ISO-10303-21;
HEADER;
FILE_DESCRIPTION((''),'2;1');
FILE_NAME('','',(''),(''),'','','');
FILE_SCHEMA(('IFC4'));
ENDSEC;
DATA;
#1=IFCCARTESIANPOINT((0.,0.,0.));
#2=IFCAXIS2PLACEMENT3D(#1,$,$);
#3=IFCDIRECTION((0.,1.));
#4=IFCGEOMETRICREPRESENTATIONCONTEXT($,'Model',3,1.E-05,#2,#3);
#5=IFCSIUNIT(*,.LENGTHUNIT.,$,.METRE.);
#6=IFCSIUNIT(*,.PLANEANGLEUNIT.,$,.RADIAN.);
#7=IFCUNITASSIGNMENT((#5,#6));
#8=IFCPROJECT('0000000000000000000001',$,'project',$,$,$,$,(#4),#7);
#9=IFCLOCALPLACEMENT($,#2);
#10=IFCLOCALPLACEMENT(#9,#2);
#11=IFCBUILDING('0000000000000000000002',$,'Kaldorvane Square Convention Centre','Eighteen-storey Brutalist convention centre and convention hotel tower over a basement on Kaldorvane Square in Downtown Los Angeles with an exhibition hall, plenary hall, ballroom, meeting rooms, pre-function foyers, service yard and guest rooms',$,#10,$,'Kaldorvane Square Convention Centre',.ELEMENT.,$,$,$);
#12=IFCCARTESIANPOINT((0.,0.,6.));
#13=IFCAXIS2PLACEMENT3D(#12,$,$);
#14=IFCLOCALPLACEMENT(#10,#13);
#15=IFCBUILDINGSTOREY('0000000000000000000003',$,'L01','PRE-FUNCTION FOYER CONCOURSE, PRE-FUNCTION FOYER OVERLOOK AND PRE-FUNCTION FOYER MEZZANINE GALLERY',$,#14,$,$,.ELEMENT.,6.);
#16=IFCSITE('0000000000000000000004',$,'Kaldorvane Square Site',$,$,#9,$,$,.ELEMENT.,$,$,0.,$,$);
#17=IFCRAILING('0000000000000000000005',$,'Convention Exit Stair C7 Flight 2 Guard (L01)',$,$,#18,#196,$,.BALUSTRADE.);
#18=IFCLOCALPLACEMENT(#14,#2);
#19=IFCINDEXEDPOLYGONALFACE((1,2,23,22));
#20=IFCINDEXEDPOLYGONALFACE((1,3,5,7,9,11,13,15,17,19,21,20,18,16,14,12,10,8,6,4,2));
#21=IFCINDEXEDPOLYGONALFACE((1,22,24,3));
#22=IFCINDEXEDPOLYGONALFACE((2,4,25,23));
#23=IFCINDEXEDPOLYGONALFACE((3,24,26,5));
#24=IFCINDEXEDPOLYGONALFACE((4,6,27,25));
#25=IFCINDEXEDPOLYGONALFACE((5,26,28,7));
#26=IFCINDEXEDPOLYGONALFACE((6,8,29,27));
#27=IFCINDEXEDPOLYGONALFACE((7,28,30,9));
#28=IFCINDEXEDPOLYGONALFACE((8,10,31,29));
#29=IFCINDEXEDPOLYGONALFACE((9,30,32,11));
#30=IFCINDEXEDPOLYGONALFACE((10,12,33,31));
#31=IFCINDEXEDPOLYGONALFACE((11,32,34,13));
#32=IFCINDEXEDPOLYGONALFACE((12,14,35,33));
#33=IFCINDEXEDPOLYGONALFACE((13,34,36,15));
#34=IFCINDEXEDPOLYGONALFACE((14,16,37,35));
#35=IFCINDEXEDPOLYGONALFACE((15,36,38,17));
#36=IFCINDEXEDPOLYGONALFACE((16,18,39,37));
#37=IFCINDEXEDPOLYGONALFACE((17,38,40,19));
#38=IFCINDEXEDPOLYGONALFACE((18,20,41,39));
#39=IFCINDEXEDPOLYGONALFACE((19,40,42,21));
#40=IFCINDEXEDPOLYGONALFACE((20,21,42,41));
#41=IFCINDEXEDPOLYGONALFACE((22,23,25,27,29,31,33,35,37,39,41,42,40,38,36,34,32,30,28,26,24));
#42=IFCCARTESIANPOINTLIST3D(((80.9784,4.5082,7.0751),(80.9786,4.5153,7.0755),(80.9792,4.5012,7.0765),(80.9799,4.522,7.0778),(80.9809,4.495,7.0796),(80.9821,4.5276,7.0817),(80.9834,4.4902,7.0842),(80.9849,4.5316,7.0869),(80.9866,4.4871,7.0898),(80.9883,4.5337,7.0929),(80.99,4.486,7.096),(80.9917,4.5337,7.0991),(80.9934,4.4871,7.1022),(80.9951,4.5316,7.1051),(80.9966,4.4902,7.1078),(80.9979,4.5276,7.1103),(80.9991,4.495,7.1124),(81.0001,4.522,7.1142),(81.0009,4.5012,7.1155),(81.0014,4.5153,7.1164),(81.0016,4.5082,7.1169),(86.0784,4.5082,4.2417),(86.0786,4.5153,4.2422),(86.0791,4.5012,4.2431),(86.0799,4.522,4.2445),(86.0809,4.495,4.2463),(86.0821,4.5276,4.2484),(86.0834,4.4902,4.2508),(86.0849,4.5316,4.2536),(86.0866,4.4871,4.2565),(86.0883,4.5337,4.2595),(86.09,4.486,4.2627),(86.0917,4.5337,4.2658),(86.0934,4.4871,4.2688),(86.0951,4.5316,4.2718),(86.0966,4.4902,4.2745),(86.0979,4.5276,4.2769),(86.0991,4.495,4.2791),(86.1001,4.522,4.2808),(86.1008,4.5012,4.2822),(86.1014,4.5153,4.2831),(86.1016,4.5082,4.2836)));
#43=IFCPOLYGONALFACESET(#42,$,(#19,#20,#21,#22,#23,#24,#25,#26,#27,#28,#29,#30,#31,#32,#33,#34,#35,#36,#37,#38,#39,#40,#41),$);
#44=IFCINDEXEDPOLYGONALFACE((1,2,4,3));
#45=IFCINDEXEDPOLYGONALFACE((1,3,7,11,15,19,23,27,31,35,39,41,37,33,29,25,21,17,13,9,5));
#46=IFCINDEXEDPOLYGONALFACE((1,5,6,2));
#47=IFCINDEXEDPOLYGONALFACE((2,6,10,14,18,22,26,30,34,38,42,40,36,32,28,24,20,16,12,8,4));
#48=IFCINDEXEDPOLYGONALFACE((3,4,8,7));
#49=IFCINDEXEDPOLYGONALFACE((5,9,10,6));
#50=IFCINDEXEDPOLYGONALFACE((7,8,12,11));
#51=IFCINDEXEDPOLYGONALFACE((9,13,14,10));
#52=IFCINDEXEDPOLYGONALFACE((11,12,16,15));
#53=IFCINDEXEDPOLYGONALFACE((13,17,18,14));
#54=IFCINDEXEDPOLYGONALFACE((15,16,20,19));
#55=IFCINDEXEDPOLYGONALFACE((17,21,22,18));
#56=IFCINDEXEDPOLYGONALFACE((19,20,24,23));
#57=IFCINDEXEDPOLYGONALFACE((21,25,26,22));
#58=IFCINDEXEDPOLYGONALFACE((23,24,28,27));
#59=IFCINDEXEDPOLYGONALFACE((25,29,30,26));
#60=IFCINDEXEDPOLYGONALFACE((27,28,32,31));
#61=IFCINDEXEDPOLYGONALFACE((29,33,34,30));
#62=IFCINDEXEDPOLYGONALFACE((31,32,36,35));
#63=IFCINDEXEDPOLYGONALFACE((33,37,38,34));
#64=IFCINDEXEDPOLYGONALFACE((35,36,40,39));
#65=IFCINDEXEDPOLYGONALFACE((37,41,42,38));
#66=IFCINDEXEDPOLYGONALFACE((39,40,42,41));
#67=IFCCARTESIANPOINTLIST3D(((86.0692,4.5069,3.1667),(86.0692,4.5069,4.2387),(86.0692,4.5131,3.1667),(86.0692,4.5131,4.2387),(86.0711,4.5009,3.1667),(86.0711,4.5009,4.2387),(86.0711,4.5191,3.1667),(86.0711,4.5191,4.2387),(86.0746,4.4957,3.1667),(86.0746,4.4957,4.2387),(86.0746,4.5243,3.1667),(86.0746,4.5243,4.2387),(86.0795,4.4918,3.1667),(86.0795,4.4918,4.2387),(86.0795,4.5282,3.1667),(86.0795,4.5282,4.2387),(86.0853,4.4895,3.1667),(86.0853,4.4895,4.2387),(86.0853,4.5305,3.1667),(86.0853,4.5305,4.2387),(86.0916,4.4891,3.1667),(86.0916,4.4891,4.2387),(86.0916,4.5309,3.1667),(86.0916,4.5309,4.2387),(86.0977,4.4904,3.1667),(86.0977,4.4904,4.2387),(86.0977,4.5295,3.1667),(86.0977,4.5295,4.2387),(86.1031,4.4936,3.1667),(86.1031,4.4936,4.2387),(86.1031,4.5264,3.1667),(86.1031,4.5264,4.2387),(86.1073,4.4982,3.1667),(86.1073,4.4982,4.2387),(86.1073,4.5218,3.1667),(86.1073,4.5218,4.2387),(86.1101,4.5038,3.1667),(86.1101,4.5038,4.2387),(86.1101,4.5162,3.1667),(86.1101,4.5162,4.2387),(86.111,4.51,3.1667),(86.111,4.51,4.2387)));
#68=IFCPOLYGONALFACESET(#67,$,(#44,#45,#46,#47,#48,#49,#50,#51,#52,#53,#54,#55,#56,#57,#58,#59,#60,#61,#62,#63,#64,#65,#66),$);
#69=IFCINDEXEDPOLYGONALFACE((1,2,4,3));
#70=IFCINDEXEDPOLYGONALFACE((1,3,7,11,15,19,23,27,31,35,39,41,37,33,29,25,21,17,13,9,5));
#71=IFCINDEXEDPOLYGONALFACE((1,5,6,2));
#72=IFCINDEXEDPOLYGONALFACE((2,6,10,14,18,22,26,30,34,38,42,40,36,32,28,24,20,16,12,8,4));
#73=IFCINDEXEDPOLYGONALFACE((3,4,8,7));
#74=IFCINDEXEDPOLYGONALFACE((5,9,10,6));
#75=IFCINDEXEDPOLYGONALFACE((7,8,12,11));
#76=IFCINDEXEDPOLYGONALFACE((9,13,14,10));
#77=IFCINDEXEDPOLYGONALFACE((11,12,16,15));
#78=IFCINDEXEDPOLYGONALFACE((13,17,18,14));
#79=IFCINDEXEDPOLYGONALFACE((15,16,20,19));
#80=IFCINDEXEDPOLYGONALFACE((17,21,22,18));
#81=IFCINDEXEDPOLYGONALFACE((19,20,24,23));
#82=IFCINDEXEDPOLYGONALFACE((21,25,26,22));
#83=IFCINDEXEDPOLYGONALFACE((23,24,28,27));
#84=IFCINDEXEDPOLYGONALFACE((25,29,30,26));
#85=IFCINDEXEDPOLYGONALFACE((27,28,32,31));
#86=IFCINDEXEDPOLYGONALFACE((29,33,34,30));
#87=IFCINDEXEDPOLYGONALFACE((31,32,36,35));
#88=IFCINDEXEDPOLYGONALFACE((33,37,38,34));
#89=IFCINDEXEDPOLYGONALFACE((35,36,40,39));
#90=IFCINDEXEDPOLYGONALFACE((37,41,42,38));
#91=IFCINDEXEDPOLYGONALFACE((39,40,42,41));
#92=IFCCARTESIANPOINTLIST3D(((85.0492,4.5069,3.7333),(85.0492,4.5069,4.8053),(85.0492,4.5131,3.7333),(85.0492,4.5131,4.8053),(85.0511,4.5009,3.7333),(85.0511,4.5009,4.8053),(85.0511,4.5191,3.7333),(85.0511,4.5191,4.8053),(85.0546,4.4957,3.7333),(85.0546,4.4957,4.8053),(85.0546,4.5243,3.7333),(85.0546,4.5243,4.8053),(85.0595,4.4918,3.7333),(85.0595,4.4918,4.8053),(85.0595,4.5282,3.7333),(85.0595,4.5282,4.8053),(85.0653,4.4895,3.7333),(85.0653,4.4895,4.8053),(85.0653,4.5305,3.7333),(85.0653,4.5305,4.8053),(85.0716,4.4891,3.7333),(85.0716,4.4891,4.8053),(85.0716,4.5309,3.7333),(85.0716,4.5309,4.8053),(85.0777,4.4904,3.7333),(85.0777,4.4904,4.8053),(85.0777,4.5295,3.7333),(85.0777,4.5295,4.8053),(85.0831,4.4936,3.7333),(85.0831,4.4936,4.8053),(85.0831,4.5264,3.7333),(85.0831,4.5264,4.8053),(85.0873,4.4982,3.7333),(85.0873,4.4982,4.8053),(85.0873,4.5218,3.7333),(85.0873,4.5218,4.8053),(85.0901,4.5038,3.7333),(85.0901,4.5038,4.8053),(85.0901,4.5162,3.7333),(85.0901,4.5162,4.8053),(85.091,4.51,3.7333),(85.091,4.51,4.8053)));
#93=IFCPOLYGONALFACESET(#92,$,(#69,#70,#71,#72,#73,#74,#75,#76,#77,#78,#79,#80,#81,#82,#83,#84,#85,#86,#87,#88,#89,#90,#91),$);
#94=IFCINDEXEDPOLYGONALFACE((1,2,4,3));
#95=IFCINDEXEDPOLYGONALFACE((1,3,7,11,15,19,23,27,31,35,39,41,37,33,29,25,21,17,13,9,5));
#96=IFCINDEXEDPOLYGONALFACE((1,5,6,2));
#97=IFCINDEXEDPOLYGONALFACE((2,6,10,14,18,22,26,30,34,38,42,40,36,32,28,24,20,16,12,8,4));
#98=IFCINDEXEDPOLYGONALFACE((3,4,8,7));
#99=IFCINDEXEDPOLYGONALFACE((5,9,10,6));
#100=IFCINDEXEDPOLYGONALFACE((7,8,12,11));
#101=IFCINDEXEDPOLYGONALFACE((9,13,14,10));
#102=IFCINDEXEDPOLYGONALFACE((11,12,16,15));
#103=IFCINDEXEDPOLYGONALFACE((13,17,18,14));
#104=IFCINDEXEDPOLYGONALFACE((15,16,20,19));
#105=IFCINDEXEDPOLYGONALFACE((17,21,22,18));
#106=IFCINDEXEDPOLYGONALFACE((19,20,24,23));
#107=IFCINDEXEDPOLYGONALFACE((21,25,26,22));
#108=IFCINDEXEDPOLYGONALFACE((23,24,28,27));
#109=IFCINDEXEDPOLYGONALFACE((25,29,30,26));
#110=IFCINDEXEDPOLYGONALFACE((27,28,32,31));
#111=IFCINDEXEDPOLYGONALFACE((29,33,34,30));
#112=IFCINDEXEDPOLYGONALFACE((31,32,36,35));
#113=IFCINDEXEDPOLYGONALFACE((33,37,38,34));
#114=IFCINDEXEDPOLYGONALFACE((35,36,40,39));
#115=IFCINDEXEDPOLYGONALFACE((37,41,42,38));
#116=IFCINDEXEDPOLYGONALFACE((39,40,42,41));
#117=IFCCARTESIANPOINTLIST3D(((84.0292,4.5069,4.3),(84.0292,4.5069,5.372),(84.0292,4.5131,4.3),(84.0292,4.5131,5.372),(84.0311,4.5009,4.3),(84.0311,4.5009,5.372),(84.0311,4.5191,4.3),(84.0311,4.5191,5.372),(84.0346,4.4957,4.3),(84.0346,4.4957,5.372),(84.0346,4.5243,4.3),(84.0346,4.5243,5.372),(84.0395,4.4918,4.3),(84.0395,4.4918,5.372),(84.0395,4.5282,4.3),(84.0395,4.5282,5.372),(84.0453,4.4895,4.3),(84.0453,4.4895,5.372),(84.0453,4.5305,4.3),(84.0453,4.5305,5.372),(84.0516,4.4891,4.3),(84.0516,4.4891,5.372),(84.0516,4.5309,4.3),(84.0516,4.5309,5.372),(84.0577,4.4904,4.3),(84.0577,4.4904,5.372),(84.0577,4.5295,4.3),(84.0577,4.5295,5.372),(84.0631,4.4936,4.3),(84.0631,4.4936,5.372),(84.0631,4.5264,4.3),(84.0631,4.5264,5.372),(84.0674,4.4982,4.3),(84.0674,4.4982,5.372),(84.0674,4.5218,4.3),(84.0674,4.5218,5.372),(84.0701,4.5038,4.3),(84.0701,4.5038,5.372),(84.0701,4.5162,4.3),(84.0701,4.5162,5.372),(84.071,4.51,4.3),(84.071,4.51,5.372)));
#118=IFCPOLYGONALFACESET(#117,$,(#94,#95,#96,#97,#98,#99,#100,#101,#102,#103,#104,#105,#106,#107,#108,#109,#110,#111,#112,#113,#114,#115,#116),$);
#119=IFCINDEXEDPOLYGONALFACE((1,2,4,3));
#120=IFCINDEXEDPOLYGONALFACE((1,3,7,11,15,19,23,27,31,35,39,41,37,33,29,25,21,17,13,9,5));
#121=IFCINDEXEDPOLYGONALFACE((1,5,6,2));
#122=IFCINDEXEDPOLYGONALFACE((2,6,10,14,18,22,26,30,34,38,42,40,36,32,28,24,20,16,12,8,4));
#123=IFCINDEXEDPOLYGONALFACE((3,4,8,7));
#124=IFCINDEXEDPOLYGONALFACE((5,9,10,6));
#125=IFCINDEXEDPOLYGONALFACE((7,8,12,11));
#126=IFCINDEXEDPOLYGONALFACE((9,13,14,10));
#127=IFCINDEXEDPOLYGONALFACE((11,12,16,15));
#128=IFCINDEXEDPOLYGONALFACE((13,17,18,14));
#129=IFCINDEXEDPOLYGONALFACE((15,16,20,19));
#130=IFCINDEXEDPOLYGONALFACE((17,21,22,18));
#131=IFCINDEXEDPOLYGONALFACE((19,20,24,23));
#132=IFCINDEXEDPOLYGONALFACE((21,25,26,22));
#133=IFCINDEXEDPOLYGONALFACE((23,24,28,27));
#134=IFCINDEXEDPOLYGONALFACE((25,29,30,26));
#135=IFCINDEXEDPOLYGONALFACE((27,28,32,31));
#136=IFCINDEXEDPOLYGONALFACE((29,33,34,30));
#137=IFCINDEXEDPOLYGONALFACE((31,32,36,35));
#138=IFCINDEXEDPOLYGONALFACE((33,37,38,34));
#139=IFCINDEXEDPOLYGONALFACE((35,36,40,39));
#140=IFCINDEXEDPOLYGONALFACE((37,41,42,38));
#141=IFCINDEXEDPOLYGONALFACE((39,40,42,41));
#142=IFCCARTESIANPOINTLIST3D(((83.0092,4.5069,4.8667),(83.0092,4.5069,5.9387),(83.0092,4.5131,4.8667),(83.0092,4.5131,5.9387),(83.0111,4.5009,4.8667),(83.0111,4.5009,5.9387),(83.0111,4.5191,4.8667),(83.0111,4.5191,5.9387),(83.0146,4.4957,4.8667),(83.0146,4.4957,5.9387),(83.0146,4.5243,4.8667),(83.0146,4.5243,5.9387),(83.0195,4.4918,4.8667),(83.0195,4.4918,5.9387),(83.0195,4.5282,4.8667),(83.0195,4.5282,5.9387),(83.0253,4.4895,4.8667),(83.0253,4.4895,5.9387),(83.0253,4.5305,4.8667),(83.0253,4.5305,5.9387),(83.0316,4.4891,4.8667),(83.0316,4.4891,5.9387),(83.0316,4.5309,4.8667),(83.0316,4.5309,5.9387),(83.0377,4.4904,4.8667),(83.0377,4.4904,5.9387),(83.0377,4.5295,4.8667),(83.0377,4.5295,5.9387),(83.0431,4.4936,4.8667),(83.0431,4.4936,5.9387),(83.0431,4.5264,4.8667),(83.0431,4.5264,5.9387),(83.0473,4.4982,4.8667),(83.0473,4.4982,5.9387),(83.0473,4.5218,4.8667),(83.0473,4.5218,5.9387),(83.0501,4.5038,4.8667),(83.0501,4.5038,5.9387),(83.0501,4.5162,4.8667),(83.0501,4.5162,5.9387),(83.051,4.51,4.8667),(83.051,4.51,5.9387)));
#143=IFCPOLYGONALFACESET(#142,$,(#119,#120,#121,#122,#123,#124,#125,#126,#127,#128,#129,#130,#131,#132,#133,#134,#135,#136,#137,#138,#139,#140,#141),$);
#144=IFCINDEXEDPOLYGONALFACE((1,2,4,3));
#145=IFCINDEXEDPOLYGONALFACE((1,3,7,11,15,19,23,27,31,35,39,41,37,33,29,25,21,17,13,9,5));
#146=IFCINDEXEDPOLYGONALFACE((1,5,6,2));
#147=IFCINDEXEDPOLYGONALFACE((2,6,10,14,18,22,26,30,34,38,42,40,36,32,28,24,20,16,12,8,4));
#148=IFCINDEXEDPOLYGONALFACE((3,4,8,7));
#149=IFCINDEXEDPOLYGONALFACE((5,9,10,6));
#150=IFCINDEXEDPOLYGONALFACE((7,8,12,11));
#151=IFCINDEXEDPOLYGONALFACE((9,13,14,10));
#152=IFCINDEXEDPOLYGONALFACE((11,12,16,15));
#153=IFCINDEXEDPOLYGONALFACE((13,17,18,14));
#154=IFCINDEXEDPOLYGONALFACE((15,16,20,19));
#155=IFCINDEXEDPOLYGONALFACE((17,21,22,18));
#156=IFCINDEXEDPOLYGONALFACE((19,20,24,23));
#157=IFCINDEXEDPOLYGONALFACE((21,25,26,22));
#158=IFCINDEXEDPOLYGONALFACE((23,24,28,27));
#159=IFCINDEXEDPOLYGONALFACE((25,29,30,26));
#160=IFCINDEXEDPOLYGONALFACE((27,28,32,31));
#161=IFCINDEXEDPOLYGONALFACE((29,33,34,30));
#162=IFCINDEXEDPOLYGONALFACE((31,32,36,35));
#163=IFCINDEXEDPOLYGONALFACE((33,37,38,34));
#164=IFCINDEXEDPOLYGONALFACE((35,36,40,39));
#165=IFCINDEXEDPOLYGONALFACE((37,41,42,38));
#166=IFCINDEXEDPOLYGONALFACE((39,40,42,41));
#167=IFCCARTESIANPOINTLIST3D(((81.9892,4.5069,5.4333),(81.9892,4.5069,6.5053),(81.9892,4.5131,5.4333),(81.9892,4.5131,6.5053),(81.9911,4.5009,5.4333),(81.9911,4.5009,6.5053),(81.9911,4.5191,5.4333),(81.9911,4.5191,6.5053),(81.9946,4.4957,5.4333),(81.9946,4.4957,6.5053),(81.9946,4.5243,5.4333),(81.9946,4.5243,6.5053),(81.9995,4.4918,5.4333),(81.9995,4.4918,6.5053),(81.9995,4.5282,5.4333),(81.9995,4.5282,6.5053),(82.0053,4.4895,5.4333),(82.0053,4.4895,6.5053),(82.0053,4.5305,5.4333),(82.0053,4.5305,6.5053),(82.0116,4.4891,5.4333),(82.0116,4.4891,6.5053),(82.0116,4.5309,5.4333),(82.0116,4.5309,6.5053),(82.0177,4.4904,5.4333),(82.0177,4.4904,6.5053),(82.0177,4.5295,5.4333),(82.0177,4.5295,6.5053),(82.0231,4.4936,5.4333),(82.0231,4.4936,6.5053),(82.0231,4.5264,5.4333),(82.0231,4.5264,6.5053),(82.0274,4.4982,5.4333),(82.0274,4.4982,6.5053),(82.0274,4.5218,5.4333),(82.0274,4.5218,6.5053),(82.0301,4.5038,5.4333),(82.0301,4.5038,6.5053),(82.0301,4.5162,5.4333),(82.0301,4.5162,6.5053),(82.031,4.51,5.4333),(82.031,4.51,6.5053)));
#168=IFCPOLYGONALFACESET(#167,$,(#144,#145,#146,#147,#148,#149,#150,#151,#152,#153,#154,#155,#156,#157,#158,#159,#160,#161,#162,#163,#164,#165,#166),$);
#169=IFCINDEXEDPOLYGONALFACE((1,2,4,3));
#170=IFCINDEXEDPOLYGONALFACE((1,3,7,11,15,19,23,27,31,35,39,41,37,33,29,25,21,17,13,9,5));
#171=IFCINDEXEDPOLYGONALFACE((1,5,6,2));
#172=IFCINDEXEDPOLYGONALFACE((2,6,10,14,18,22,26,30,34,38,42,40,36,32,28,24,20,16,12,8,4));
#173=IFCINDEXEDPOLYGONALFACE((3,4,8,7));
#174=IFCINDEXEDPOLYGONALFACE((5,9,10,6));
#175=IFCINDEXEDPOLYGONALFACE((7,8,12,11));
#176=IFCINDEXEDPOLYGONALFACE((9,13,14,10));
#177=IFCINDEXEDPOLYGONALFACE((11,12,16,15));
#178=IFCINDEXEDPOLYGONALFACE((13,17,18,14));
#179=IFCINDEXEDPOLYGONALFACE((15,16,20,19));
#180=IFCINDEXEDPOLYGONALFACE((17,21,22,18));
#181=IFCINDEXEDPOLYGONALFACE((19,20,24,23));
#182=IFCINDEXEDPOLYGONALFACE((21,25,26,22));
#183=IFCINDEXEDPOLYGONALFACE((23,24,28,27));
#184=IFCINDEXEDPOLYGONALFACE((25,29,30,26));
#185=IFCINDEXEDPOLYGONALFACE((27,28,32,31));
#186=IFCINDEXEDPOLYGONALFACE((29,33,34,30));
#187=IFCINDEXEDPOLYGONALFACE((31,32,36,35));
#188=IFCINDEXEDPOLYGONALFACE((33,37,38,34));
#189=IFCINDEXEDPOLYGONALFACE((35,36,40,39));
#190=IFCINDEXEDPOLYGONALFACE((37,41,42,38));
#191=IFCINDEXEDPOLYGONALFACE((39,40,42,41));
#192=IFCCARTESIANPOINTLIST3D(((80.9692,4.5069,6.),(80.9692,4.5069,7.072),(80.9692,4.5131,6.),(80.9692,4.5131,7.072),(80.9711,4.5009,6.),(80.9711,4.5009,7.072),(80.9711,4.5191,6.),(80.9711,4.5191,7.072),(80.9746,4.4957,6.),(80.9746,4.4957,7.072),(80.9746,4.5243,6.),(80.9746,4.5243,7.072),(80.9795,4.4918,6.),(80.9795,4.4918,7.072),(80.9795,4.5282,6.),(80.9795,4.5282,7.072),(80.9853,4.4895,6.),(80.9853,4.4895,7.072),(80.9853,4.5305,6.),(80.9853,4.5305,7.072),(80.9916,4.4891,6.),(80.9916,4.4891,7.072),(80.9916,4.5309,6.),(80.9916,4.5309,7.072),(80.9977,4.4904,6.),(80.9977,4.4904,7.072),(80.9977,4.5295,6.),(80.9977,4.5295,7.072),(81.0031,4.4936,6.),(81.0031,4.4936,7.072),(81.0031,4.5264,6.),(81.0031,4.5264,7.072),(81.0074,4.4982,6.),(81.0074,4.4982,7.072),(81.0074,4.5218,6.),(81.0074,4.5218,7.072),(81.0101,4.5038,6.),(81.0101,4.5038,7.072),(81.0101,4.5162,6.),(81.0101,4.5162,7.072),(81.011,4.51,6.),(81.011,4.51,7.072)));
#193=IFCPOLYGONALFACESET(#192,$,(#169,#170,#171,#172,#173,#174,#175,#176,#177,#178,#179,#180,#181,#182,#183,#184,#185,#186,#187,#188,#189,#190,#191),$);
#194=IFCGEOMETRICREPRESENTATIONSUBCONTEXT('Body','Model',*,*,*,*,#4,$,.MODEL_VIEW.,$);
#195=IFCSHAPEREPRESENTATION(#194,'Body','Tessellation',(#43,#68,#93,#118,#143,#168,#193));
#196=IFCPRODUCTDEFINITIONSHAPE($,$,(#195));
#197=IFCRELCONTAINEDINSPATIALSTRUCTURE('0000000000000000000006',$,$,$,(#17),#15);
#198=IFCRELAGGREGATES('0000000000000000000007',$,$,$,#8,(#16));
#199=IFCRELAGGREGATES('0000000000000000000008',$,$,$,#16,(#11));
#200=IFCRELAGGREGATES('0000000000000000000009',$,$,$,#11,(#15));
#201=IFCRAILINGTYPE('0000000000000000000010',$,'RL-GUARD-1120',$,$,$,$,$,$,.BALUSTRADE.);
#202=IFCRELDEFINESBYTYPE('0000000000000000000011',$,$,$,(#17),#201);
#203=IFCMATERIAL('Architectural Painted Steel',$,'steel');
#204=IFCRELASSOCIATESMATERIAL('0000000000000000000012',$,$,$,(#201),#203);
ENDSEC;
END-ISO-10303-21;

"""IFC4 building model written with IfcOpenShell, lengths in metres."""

from ifc_helpers import new_model, si_unit, direction, frame, origin, origin_2d, place, context, subcontext, project, spatial, circle, extrude, material, type_object, element, save


model = new_model("IFC4")

# Units and contexts
model_context = context("Model", 3, precision=1e-05, world=origin(), true_north=direction((0.0, 1.0)))
body_context = subcontext(model_context, "Body", "Model", "MODEL_VIEW")
ifc_project = project(units=[si_unit("LENGTHUNIT", "METRE"), si_unit("PLANEANGLEUNIT", "RADIAN")], contexts=[model_context])

# Site, building, storey
site_placement = place(None, origin())
site = spatial("IfcSite", under=ifc_project, at=site_placement, Name="Kaldorvane Square Site", CompositionType="ELEMENT", RefElevation=0.0)
building_placement = place(site_placement, origin())
building = spatial("IfcBuilding", under=site, at=building_placement, Name="Kaldorvane Square Convention Centre", Description="Eighteen-storey Brutalist convention centre and convention hotel tower over a basement on Kaldorvane Square in Downtown Los Angeles with an exhibition hall, plenary hall, ballroom, meeting rooms, pre-function foyers, service yard and guest rooms", LongName="Kaldorvane Square Convention Centre", CompositionType="ELEMENT")
storey_placement = place(building_placement, frame((0.0, 0.0, 6.0)))
storey = spatial("IfcBuildingStorey", under=building, at=storey_placement, Name="L01", Description="PRE-FUNCTION FOYER CONCOURSE, PRE-FUNCTION FOYER OVERLOOK AND PRE-FUNCTION FOYER MEZZANINE GALLERY", CompositionType="ELEMENT", Elevation=6.0)

# Railing
ifc_material_1 = material(Name="Architectural Painted Steel", Category="steel")
railing_type_1 = type_object("IfcRailingType", Name="RL-GUARD-1120", PredefinedType="BALUSTRADE", material=ifc_material_1)
railing_placement = place(storey_placement, frame((86.09, 4.51, 3.1667)))
element("IfcRailing", 1, at=railing_placement, inside=storey, type_object=railing_type_1, Name="Convention Exit Stair C7 Flight 2 Guard (L01)", PredefinedType="BALUSTRADE", context=body_context, shape_type="SweptSolid", body=[
    extrude(circle(Radius=0.024, at=origin_2d()), frame((0.0, 0.0, 1.096), z_axis=(-0.874157, 0.0, 0.485643), x_axis=(0.0, -1.0, 0.0)), (0.0, 0.0, 1.0), 5.8342),
    extrude(circle(Radius=0.021, at=origin_2d()), origin(), (0.0, 0.0, 1.0), 1.072),
    extrude(circle(Radius=0.021, at=origin_2d()), frame((-1.02, 0.0, 0.5667)), (0.0, 0.0, 1.0), 1.072),
    extrude(circle(Radius=0.021, at=origin_2d()), frame((-2.04, 0.0, 1.1333)), (0.0, 0.0, 1.0), 1.072),
    extrude(circle(Radius=0.021, at=origin_2d()), frame((-3.06, 0.0, 1.7)), (0.0, 0.0, 1.0), 1.072),
    extrude(circle(Radius=0.021, at=origin_2d()), frame((-4.08, 0.0, 2.2667)), (0.0, 0.0, 1.0), 1.072),
    extrude(circle(Radius=0.021, at=origin_2d()), frame((-5.1, 0.0, 2.8333)), (0.0, 0.0, 1.0), 1.072),
])

save(model, "model.ifc")
